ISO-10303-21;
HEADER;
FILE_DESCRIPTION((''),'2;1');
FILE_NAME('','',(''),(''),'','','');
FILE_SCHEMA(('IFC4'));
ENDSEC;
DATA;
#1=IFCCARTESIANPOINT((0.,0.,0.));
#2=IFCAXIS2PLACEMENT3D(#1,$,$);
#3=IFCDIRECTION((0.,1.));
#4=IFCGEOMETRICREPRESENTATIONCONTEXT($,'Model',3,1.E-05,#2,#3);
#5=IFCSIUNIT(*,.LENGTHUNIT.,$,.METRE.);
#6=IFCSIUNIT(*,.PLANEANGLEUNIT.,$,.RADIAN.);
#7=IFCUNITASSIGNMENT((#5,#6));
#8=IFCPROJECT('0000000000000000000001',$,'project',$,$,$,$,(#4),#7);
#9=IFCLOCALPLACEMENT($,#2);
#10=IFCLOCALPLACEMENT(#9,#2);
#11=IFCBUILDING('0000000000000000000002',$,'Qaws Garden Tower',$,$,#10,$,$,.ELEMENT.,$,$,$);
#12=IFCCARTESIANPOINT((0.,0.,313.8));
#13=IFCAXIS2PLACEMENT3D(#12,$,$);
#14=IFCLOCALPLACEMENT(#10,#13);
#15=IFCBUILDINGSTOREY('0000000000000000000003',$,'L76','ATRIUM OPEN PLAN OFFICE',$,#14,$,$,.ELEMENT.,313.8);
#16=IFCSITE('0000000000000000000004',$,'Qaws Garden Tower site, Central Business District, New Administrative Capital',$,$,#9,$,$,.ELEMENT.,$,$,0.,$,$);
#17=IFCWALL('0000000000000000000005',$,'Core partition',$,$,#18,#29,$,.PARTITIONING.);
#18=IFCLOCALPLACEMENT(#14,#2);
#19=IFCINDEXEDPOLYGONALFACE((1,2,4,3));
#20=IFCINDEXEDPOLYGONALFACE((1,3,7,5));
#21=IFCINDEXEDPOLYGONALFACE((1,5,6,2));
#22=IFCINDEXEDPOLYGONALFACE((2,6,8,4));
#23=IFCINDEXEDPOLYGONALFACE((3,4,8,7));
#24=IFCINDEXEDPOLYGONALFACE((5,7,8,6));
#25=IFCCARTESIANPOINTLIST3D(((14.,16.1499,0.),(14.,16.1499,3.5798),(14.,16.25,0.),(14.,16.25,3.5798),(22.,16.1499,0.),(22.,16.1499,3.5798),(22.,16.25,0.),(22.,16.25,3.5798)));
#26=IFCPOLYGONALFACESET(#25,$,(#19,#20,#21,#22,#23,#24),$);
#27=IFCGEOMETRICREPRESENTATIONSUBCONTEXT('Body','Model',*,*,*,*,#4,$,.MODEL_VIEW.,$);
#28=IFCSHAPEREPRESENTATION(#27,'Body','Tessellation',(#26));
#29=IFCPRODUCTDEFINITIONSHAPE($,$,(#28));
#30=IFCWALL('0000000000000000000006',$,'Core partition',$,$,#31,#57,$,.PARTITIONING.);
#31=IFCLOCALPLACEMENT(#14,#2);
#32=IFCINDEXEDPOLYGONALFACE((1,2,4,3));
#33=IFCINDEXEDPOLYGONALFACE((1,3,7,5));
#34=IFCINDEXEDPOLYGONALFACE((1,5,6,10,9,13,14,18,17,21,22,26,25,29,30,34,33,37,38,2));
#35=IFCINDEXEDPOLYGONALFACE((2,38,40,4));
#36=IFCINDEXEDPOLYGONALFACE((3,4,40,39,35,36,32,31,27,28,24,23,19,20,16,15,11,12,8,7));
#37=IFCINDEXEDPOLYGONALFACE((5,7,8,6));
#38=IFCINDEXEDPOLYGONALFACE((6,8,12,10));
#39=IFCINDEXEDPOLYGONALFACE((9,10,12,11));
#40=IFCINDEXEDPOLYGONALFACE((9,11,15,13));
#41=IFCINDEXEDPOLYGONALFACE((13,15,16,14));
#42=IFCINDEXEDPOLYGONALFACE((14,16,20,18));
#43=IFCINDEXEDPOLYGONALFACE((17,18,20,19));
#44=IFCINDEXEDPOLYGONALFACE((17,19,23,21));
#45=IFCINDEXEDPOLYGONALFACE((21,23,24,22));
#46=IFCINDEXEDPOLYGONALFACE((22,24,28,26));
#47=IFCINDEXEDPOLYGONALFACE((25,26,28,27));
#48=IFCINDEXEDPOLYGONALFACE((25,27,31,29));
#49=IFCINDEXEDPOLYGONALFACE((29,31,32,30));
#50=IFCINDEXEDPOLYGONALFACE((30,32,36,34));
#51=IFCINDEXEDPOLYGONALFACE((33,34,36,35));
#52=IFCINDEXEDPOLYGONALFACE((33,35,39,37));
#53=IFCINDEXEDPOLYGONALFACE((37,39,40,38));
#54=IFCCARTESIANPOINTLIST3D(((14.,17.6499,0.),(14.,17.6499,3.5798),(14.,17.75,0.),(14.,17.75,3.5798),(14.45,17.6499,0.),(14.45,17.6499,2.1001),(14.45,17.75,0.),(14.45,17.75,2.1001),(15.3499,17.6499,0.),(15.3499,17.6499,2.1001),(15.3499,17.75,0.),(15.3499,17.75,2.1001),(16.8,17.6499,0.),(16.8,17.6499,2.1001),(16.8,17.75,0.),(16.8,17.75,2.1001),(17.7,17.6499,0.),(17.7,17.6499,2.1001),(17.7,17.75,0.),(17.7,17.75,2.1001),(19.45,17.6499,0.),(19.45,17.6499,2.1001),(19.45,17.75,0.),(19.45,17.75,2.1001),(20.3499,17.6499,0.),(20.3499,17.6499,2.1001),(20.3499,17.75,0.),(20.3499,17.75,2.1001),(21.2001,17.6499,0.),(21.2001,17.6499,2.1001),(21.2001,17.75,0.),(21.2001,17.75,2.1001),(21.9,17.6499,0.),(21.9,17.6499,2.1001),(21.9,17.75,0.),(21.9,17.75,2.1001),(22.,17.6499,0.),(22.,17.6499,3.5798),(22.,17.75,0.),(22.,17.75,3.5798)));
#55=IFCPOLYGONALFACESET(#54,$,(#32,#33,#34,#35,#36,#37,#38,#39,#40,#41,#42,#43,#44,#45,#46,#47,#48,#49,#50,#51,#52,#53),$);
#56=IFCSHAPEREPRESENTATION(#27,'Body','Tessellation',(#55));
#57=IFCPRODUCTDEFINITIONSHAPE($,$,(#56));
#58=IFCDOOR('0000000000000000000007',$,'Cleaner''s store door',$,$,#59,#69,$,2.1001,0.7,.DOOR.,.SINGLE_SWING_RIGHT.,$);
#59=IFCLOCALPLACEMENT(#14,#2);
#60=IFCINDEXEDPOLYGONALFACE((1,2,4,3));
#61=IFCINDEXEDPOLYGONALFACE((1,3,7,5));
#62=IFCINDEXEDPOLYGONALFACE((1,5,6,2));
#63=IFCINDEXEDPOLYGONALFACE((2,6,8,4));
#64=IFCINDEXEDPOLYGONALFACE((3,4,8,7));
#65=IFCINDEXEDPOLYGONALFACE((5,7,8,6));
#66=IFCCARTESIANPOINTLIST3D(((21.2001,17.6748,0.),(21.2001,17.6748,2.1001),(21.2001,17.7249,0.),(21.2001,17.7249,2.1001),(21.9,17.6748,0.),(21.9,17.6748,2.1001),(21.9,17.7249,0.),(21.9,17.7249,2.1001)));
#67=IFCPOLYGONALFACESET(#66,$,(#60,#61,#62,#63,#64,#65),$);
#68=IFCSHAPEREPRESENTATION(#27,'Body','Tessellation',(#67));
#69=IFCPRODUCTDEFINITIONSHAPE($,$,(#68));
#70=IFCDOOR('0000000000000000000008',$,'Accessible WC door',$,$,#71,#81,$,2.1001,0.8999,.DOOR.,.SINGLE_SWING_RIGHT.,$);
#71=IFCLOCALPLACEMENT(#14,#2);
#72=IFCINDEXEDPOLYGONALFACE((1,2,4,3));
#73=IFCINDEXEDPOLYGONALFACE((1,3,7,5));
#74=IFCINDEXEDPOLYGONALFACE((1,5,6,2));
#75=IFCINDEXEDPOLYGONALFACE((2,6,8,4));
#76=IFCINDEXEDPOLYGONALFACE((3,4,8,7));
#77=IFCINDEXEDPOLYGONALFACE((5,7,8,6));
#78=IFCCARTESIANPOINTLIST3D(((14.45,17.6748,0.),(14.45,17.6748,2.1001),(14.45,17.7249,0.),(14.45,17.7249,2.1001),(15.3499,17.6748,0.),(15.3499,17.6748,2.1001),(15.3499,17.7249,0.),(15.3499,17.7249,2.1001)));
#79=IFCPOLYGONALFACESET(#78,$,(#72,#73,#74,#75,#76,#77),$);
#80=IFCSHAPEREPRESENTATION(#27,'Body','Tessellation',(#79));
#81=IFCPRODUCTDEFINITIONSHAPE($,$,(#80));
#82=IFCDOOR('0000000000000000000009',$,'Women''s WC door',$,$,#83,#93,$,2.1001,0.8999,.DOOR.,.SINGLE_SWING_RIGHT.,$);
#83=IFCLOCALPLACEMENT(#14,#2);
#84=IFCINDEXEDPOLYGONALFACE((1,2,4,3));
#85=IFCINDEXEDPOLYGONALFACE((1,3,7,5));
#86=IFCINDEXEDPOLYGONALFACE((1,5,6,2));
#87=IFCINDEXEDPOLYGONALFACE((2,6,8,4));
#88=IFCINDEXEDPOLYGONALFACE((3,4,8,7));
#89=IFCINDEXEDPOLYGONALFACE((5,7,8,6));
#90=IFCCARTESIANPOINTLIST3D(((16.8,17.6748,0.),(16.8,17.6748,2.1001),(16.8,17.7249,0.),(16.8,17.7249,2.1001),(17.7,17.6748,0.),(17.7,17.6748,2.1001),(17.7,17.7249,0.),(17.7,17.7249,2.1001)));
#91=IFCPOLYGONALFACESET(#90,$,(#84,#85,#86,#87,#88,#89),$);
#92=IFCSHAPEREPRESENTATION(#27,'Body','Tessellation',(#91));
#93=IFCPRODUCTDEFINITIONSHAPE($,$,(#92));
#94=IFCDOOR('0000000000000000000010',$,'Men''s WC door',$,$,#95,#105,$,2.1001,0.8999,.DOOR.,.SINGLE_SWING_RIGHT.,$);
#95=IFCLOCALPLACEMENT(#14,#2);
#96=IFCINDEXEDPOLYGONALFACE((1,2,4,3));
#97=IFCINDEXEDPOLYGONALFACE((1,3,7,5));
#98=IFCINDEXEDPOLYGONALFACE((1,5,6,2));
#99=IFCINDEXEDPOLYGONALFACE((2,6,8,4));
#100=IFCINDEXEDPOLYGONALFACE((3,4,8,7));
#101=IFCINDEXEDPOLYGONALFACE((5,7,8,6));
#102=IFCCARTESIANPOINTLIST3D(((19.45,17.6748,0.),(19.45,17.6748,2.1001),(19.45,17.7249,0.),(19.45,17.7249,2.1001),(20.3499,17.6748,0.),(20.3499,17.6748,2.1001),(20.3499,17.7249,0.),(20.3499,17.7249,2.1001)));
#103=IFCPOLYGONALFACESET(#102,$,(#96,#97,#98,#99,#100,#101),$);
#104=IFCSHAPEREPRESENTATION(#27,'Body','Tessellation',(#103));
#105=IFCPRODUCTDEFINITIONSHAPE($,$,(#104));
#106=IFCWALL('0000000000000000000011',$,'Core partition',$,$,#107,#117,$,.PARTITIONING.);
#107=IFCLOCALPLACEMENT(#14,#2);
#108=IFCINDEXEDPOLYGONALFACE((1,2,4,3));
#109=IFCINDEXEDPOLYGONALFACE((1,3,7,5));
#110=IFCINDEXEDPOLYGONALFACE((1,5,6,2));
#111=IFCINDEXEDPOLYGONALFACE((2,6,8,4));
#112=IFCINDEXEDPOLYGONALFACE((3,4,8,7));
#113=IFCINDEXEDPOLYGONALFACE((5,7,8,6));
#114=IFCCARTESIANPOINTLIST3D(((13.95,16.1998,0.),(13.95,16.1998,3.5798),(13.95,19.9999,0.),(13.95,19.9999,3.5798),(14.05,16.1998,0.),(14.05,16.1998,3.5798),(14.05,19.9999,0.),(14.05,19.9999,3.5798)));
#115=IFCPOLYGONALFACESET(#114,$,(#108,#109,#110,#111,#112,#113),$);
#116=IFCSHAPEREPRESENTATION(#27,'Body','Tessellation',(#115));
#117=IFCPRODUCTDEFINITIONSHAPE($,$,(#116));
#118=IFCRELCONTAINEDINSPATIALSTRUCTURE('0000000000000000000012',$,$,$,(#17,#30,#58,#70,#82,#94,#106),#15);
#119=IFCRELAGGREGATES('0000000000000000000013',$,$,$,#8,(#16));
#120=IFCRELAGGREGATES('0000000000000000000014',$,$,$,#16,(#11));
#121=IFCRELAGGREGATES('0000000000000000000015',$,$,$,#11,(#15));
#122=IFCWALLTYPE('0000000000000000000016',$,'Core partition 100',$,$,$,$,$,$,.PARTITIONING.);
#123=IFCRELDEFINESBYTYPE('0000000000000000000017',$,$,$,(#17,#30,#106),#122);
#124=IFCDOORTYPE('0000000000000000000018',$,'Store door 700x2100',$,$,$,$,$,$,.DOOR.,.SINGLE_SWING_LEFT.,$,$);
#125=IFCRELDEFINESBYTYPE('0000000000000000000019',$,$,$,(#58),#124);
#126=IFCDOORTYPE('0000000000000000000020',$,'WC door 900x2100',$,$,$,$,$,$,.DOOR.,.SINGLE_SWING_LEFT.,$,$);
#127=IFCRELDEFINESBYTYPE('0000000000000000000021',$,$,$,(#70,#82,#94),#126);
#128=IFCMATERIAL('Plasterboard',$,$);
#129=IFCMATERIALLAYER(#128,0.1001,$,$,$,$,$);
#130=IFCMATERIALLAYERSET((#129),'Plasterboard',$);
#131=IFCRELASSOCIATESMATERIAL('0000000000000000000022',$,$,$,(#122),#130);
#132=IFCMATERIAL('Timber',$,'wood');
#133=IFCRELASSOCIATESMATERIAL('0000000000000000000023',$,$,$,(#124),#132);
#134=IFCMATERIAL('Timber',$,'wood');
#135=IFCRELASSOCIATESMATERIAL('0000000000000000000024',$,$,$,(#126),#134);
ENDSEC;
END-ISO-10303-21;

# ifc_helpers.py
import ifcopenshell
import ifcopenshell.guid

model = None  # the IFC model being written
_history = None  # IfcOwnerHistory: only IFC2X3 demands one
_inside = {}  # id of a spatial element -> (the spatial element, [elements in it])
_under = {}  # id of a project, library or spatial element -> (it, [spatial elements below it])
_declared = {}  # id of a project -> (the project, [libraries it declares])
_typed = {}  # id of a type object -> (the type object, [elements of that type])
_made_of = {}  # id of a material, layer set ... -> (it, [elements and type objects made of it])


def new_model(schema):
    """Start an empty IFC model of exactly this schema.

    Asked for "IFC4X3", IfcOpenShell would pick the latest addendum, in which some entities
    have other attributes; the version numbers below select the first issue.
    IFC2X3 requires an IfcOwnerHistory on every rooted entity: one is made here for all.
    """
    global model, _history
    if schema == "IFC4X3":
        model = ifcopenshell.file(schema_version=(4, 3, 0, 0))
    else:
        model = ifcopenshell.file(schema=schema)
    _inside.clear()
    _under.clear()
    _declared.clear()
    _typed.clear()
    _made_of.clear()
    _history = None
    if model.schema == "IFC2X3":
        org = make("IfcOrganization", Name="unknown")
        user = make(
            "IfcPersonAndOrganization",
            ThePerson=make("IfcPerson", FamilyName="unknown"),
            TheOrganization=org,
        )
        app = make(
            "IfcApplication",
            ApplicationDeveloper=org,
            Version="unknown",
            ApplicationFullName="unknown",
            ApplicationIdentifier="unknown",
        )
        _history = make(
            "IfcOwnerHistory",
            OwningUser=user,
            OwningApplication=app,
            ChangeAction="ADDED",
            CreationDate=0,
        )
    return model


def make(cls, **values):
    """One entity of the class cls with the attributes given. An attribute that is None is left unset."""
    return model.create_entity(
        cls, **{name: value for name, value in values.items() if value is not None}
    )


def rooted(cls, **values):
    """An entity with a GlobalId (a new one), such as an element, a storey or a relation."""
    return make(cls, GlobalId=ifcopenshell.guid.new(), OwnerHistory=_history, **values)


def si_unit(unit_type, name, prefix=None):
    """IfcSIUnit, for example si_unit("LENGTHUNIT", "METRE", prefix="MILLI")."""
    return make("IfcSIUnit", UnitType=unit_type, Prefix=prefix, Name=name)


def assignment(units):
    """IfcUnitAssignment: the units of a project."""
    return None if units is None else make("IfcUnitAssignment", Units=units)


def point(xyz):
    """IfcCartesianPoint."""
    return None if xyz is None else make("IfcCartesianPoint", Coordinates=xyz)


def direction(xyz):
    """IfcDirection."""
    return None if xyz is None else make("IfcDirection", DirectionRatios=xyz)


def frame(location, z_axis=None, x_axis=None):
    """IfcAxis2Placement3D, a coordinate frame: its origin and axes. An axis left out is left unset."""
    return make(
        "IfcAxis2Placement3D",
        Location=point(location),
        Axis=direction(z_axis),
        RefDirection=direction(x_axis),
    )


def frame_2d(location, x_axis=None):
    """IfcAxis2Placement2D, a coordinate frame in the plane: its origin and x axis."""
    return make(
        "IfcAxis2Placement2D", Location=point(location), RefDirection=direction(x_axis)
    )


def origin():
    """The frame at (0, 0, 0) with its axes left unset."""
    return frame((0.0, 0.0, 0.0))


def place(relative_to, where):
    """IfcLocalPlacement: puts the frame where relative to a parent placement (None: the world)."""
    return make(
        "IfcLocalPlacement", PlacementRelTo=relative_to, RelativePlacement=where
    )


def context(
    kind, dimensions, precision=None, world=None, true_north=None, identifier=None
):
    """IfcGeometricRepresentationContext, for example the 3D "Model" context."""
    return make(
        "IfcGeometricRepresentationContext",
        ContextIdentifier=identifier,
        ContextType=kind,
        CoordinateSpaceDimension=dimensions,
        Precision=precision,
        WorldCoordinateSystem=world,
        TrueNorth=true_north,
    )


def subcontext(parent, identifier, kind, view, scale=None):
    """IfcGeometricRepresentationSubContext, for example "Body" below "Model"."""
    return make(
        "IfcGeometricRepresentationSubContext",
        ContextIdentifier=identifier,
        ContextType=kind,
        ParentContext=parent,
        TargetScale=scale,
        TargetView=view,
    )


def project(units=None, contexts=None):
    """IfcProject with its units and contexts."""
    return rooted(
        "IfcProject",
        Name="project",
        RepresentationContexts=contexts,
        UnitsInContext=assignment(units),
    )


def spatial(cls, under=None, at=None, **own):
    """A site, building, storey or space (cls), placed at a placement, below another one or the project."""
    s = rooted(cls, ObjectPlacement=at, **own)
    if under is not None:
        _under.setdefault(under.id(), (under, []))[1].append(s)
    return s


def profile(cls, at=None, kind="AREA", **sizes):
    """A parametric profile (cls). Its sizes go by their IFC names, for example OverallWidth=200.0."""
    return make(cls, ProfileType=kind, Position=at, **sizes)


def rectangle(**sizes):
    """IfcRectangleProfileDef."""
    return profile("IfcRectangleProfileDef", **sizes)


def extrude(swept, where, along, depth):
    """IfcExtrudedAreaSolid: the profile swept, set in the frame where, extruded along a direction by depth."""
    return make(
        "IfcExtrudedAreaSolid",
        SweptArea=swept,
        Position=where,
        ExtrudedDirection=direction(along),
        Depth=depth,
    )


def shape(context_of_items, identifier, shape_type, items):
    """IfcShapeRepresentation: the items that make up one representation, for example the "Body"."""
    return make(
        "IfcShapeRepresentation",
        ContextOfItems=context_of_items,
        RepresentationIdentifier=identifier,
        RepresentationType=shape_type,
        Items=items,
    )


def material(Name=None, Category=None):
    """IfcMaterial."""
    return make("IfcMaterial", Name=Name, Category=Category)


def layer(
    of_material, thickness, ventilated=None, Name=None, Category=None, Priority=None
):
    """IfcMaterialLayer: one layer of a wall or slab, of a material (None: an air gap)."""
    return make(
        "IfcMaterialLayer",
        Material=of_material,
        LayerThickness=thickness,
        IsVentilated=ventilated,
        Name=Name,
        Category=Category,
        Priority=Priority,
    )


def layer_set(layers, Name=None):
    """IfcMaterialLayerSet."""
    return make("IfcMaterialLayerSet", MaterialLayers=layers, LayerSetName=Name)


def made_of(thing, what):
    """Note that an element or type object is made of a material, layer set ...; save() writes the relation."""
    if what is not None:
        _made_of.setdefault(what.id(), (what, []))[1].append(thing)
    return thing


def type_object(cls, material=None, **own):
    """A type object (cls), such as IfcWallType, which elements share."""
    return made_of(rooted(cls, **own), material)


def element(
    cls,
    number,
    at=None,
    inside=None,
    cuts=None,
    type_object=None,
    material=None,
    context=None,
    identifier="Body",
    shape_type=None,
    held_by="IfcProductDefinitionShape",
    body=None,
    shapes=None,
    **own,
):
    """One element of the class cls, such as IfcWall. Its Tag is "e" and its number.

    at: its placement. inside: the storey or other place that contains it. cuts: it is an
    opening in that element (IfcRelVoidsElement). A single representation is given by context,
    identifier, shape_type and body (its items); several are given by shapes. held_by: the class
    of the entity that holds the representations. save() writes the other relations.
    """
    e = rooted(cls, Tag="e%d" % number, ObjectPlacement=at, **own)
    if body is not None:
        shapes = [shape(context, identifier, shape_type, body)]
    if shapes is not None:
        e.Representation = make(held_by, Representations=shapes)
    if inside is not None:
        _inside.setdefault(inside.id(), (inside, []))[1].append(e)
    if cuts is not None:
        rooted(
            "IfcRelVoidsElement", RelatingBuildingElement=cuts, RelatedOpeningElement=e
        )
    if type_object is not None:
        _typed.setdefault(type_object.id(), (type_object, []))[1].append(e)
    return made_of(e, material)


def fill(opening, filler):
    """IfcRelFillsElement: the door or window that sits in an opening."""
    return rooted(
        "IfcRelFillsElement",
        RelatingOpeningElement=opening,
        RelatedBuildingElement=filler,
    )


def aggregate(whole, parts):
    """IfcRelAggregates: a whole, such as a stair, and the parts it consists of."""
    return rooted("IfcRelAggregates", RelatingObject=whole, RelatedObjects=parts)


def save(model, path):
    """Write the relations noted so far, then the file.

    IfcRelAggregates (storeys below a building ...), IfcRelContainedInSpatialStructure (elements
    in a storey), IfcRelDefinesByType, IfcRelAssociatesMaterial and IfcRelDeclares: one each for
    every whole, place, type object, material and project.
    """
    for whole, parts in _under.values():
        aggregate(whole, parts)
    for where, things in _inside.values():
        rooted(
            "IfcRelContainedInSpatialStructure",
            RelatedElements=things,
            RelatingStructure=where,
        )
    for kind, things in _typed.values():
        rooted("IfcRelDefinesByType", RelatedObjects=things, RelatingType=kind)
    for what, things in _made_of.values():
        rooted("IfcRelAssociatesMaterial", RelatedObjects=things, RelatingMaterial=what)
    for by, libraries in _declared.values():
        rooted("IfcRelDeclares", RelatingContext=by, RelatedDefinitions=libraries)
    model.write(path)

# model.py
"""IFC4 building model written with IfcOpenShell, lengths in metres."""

from ifc_helpers import new_model, si_unit, direction, frame, frame_2d, origin, place, context, subcontext, project, spatial, rectangle, extrude, material, layer, layer_set, type_object, element, fill, save


model = new_model("IFC4")

# Units and contexts
model_context = context("Model", 3, precision=1e-05, world=origin(), true_north=direction((0.0, 1.0)))
body_context = subcontext(model_context, "Body", "Model", "MODEL_VIEW")
ifc_project = project(units=[si_unit("LENGTHUNIT", "METRE"), si_unit("PLANEANGLEUNIT", "RADIAN")], contexts=[model_context])

# Site, building, storey
site_placement = place(None, origin())
site = spatial("IfcSite", under=ifc_project, at=site_placement, Name="Qaws Garden Tower site, Central Business District, New Administrative Capital", CompositionType="ELEMENT", RefElevation=0.0)
building_placement = place(site_placement, origin())
building = spatial("IfcBuilding", under=site, at=building_placement, Name="Qaws Garden Tower", CompositionType="ELEMENT")
storey_placement = place(building_placement, frame((0.0, 0.0, 313.8)))
storey = spatial("IfcBuildingStorey", under=building, at=storey_placement, Name="L76", Description="ATRIUM OPEN PLAN OFFICE", CompositionType="ELEMENT", Elevation=313.8)

# Wall
ifc_material_1 = material(Name="Plasterboard")
ifc_layer_1 = layer(ifc_material_1, 0.1001)
ifc_layer_set_1 = layer_set([ifc_layer_1], Name="Plasterboard")
wall_type_1 = type_object("IfcWallType", Name="Core partition 100", PredefinedType="PARTITIONING", material=ifc_layer_set_1)
wall_1_placement = place(storey_placement, frame((14.0, 16.2, 0.0), z_axis=(0.0, 0.0, 1.0), x_axis=(1.0, 0.0, 0.0)))
element("IfcWall", 1, at=wall_1_placement, inside=storey, type_object=wall_type_1, Name="Core partition", PredefinedType="PARTITIONING", context=body_context, shape_type="SweptSolid", body=[
    extrude(rectangle(XDim=8.0, YDim=0.1001, at=frame_2d((4.0, 0.0))), origin(), (0.0, 0.0, 1.0), 3.5798),
])

# Wall, openings, doors
wall_2_placement = place(storey_placement, frame((14.0, 17.7, 0.0), z_axis=(0.0, 0.0, 1.0), x_axis=(1.0, 0.0, 0.0)))
wall_2 = element("IfcWall", 2, at=wall_2_placement, inside=storey, type_object=wall_type_1, Name="Core partition", PredefinedType="PARTITIONING", context=body_context, shape_type="SweptSolid", body=[
    extrude(rectangle(XDim=8.0, YDim=0.1001, at=frame_2d((4.0, 0.0))), origin(), (0.0, 0.0, 1.0), 3.5798),
])
opening_1_placement = place(wall_2_placement, frame((0.45, 0.0, 0.0)))
opening_1 = element("IfcOpeningElement", 3, at=opening_1_placement, cuts=wall_2, PredefinedType="OPENING", context=body_context, shape_type="SweptSolid", body=[
    extrude(rectangle(XDim=0.8999, YDim=2.1001, at=frame_2d((0.45, 1.05))), frame((0.0, 0.0601, 0.0), z_axis=(0.0, -1.0, 0.0), x_axis=(1.0, 0.0, 0.0)), (0.0, 0.0, 1.0), 0.1201),
])
opening_2_placement = place(wall_2_placement, frame((2.8, 0.0, 0.0)))
opening_2 = element("IfcOpeningElement", 4, at=opening_2_placement, cuts=wall_2, PredefinedType="OPENING", context=body_context, shape_type="SweptSolid", body=[
    extrude(rectangle(XDim=0.8999, YDim=2.1001, at=frame_2d((0.45, 1.05))), frame((0.0, 0.0601, 0.0), z_axis=(0.0, -1.0, 0.0), x_axis=(1.0, 0.0, 0.0)), (0.0, 0.0, 1.0), 0.1201),
])
opening_3_placement = place(wall_2_placement, frame((5.45, 0.0, 0.0)))
opening_3 = element("IfcOpeningElement", 5, at=opening_3_placement, cuts=wall_2, PredefinedType="OPENING", context=body_context, shape_type="SweptSolid", body=[
    extrude(rectangle(XDim=0.8999, YDim=2.1001, at=frame_2d((0.45, 1.05))), frame((0.0, 0.0601, 0.0), z_axis=(0.0, -1.0, 0.0), x_axis=(1.0, 0.0, 0.0)), (0.0, 0.0, 1.0), 0.1201),
])
opening_4_placement = place(wall_2_placement, frame((7.2, 0.0, 0.0)))
opening_4 = element("IfcOpeningElement", 6, at=opening_4_placement, cuts=wall_2, PredefinedType="OPENING", context=body_context, shape_type="SweptSolid", body=[
    extrude(rectangle(XDim=0.7, YDim=2.1001, at=frame_2d((0.3501, 1.05))), frame((0.0, 0.0601, 0.0), z_axis=(0.0, -1.0, 0.0), x_axis=(1.0, 0.0, 0.0)), (0.0, 0.0, 1.0), 0.1201),
])
ifc_material_2 = material(Name="Timber", Category="wood")
door_type_1 = type_object("IfcDoorType", Name="Store door 700x2100", OperationType="SINGLE_SWING_LEFT", PredefinedType="DOOR", material=ifc_material_2)
door_1_placement = place(opening_4_placement, origin())
door_1 = element("IfcDoor", 7, at=door_1_placement, inside=storey, type_object=door_type_1, Name="Cleaner's store door", OperationType="SINGLE_SWING_RIGHT", OverallHeight=2.1001, OverallWidth=0.7, PredefinedType="DOOR", context=body_context, shape_type="SweptSolid", body=[
    extrude(rectangle(XDim=0.7, YDim=2.1001, at=frame_2d((0.3501, 1.05))), frame((0.0, 0.0249, 0.0), z_axis=(0.0, -1.0, 0.0), x_axis=(1.0, 0.0, 0.0)), (0.0, 0.0, 1.0), 0.05),
])
fill(opening_4, door_1)
ifc_material_3 = material(Name="Timber", Category="wood")
door_type_2 = type_object("IfcDoorType", Name="WC door 900x2100", OperationType="SINGLE_SWING_LEFT", PredefinedType="DOOR", material=ifc_material_3)
door_2_placement = place(opening_1_placement, origin())
door_2 = element("IfcDoor", 8, at=door_2_placement, inside=storey, type_object=door_type_2, Name="Accessible WC door", OperationType="SINGLE_SWING_RIGHT", OverallHeight=2.1001, OverallWidth=0.8999, PredefinedType="DOOR", context=body_context, shape_type="SweptSolid", body=[
    extrude(rectangle(XDim=0.8999, YDim=2.1001, at=frame_2d((0.45, 1.05))), frame((0.0, 0.0249, 0.0), z_axis=(0.0, -1.0, 0.0), x_axis=(1.0, 0.0, 0.0)), (0.0, 0.0, 1.0), 0.05),
])
fill(opening_1, door_2)
door_3_placement = place(opening_2_placement, origin())
door_3 = element("IfcDoor", 9, at=door_3_placement, inside=storey, type_object=door_type_2, Name="Women's WC door", OperationType="SINGLE_SWING_RIGHT", OverallHeight=2.1001, OverallWidth=0.8999, PredefinedType="DOOR", context=body_context, shape_type="SweptSolid", body=[
    extrude(rectangle(XDim=0.8999, YDim=2.1001, at=frame_2d((0.45, 1.05))), frame((0.0, 0.0249, 0.0), z_axis=(0.0, -1.0, 0.0), x_axis=(1.0, 0.0, 0.0)), (0.0, 0.0, 1.0), 0.05),
])
fill(opening_2, door_3)
door_4_placement = place(opening_3_placement, origin())
door_4 = element("IfcDoor", 10, at=door_4_placement, inside=storey, type_object=door_type_2, Name="Men's WC door", OperationType="SINGLE_SWING_RIGHT", OverallHeight=2.1001, OverallWidth=0.8999, PredefinedType="DOOR", context=body_context, shape_type="SweptSolid", body=[
    extrude(rectangle(XDim=0.8999, YDim=2.1001, at=frame_2d((0.45, 1.05))), frame((0.0, 0.0249, 0.0), z_axis=(0.0, -1.0, 0.0), x_axis=(1.0, 0.0, 0.0)), (0.0, 0.0, 1.0), 0.05),
])
fill(opening_3, door_4)

# Wall
wall_3_placement = place(storey_placement, frame((14.0, 16.2, 0.0), z_axis=(0.0, 0.0, 1.0), x_axis=(0.0, 1.0, 0.0)))
element("IfcWall", 11, at=wall_3_placement, inside=storey, type_object=wall_type_1, Name="Core partition", PredefinedType="PARTITIONING", context=body_context, shape_type="SweptSolid", body=[
    extrude(rectangle(XDim=3.8, YDim=0.1001, at=frame_2d((1.8999, 0.0))), origin(), (0.0, 0.0, 1.0), 3.5798),
])

save(model, "model.ifc")
